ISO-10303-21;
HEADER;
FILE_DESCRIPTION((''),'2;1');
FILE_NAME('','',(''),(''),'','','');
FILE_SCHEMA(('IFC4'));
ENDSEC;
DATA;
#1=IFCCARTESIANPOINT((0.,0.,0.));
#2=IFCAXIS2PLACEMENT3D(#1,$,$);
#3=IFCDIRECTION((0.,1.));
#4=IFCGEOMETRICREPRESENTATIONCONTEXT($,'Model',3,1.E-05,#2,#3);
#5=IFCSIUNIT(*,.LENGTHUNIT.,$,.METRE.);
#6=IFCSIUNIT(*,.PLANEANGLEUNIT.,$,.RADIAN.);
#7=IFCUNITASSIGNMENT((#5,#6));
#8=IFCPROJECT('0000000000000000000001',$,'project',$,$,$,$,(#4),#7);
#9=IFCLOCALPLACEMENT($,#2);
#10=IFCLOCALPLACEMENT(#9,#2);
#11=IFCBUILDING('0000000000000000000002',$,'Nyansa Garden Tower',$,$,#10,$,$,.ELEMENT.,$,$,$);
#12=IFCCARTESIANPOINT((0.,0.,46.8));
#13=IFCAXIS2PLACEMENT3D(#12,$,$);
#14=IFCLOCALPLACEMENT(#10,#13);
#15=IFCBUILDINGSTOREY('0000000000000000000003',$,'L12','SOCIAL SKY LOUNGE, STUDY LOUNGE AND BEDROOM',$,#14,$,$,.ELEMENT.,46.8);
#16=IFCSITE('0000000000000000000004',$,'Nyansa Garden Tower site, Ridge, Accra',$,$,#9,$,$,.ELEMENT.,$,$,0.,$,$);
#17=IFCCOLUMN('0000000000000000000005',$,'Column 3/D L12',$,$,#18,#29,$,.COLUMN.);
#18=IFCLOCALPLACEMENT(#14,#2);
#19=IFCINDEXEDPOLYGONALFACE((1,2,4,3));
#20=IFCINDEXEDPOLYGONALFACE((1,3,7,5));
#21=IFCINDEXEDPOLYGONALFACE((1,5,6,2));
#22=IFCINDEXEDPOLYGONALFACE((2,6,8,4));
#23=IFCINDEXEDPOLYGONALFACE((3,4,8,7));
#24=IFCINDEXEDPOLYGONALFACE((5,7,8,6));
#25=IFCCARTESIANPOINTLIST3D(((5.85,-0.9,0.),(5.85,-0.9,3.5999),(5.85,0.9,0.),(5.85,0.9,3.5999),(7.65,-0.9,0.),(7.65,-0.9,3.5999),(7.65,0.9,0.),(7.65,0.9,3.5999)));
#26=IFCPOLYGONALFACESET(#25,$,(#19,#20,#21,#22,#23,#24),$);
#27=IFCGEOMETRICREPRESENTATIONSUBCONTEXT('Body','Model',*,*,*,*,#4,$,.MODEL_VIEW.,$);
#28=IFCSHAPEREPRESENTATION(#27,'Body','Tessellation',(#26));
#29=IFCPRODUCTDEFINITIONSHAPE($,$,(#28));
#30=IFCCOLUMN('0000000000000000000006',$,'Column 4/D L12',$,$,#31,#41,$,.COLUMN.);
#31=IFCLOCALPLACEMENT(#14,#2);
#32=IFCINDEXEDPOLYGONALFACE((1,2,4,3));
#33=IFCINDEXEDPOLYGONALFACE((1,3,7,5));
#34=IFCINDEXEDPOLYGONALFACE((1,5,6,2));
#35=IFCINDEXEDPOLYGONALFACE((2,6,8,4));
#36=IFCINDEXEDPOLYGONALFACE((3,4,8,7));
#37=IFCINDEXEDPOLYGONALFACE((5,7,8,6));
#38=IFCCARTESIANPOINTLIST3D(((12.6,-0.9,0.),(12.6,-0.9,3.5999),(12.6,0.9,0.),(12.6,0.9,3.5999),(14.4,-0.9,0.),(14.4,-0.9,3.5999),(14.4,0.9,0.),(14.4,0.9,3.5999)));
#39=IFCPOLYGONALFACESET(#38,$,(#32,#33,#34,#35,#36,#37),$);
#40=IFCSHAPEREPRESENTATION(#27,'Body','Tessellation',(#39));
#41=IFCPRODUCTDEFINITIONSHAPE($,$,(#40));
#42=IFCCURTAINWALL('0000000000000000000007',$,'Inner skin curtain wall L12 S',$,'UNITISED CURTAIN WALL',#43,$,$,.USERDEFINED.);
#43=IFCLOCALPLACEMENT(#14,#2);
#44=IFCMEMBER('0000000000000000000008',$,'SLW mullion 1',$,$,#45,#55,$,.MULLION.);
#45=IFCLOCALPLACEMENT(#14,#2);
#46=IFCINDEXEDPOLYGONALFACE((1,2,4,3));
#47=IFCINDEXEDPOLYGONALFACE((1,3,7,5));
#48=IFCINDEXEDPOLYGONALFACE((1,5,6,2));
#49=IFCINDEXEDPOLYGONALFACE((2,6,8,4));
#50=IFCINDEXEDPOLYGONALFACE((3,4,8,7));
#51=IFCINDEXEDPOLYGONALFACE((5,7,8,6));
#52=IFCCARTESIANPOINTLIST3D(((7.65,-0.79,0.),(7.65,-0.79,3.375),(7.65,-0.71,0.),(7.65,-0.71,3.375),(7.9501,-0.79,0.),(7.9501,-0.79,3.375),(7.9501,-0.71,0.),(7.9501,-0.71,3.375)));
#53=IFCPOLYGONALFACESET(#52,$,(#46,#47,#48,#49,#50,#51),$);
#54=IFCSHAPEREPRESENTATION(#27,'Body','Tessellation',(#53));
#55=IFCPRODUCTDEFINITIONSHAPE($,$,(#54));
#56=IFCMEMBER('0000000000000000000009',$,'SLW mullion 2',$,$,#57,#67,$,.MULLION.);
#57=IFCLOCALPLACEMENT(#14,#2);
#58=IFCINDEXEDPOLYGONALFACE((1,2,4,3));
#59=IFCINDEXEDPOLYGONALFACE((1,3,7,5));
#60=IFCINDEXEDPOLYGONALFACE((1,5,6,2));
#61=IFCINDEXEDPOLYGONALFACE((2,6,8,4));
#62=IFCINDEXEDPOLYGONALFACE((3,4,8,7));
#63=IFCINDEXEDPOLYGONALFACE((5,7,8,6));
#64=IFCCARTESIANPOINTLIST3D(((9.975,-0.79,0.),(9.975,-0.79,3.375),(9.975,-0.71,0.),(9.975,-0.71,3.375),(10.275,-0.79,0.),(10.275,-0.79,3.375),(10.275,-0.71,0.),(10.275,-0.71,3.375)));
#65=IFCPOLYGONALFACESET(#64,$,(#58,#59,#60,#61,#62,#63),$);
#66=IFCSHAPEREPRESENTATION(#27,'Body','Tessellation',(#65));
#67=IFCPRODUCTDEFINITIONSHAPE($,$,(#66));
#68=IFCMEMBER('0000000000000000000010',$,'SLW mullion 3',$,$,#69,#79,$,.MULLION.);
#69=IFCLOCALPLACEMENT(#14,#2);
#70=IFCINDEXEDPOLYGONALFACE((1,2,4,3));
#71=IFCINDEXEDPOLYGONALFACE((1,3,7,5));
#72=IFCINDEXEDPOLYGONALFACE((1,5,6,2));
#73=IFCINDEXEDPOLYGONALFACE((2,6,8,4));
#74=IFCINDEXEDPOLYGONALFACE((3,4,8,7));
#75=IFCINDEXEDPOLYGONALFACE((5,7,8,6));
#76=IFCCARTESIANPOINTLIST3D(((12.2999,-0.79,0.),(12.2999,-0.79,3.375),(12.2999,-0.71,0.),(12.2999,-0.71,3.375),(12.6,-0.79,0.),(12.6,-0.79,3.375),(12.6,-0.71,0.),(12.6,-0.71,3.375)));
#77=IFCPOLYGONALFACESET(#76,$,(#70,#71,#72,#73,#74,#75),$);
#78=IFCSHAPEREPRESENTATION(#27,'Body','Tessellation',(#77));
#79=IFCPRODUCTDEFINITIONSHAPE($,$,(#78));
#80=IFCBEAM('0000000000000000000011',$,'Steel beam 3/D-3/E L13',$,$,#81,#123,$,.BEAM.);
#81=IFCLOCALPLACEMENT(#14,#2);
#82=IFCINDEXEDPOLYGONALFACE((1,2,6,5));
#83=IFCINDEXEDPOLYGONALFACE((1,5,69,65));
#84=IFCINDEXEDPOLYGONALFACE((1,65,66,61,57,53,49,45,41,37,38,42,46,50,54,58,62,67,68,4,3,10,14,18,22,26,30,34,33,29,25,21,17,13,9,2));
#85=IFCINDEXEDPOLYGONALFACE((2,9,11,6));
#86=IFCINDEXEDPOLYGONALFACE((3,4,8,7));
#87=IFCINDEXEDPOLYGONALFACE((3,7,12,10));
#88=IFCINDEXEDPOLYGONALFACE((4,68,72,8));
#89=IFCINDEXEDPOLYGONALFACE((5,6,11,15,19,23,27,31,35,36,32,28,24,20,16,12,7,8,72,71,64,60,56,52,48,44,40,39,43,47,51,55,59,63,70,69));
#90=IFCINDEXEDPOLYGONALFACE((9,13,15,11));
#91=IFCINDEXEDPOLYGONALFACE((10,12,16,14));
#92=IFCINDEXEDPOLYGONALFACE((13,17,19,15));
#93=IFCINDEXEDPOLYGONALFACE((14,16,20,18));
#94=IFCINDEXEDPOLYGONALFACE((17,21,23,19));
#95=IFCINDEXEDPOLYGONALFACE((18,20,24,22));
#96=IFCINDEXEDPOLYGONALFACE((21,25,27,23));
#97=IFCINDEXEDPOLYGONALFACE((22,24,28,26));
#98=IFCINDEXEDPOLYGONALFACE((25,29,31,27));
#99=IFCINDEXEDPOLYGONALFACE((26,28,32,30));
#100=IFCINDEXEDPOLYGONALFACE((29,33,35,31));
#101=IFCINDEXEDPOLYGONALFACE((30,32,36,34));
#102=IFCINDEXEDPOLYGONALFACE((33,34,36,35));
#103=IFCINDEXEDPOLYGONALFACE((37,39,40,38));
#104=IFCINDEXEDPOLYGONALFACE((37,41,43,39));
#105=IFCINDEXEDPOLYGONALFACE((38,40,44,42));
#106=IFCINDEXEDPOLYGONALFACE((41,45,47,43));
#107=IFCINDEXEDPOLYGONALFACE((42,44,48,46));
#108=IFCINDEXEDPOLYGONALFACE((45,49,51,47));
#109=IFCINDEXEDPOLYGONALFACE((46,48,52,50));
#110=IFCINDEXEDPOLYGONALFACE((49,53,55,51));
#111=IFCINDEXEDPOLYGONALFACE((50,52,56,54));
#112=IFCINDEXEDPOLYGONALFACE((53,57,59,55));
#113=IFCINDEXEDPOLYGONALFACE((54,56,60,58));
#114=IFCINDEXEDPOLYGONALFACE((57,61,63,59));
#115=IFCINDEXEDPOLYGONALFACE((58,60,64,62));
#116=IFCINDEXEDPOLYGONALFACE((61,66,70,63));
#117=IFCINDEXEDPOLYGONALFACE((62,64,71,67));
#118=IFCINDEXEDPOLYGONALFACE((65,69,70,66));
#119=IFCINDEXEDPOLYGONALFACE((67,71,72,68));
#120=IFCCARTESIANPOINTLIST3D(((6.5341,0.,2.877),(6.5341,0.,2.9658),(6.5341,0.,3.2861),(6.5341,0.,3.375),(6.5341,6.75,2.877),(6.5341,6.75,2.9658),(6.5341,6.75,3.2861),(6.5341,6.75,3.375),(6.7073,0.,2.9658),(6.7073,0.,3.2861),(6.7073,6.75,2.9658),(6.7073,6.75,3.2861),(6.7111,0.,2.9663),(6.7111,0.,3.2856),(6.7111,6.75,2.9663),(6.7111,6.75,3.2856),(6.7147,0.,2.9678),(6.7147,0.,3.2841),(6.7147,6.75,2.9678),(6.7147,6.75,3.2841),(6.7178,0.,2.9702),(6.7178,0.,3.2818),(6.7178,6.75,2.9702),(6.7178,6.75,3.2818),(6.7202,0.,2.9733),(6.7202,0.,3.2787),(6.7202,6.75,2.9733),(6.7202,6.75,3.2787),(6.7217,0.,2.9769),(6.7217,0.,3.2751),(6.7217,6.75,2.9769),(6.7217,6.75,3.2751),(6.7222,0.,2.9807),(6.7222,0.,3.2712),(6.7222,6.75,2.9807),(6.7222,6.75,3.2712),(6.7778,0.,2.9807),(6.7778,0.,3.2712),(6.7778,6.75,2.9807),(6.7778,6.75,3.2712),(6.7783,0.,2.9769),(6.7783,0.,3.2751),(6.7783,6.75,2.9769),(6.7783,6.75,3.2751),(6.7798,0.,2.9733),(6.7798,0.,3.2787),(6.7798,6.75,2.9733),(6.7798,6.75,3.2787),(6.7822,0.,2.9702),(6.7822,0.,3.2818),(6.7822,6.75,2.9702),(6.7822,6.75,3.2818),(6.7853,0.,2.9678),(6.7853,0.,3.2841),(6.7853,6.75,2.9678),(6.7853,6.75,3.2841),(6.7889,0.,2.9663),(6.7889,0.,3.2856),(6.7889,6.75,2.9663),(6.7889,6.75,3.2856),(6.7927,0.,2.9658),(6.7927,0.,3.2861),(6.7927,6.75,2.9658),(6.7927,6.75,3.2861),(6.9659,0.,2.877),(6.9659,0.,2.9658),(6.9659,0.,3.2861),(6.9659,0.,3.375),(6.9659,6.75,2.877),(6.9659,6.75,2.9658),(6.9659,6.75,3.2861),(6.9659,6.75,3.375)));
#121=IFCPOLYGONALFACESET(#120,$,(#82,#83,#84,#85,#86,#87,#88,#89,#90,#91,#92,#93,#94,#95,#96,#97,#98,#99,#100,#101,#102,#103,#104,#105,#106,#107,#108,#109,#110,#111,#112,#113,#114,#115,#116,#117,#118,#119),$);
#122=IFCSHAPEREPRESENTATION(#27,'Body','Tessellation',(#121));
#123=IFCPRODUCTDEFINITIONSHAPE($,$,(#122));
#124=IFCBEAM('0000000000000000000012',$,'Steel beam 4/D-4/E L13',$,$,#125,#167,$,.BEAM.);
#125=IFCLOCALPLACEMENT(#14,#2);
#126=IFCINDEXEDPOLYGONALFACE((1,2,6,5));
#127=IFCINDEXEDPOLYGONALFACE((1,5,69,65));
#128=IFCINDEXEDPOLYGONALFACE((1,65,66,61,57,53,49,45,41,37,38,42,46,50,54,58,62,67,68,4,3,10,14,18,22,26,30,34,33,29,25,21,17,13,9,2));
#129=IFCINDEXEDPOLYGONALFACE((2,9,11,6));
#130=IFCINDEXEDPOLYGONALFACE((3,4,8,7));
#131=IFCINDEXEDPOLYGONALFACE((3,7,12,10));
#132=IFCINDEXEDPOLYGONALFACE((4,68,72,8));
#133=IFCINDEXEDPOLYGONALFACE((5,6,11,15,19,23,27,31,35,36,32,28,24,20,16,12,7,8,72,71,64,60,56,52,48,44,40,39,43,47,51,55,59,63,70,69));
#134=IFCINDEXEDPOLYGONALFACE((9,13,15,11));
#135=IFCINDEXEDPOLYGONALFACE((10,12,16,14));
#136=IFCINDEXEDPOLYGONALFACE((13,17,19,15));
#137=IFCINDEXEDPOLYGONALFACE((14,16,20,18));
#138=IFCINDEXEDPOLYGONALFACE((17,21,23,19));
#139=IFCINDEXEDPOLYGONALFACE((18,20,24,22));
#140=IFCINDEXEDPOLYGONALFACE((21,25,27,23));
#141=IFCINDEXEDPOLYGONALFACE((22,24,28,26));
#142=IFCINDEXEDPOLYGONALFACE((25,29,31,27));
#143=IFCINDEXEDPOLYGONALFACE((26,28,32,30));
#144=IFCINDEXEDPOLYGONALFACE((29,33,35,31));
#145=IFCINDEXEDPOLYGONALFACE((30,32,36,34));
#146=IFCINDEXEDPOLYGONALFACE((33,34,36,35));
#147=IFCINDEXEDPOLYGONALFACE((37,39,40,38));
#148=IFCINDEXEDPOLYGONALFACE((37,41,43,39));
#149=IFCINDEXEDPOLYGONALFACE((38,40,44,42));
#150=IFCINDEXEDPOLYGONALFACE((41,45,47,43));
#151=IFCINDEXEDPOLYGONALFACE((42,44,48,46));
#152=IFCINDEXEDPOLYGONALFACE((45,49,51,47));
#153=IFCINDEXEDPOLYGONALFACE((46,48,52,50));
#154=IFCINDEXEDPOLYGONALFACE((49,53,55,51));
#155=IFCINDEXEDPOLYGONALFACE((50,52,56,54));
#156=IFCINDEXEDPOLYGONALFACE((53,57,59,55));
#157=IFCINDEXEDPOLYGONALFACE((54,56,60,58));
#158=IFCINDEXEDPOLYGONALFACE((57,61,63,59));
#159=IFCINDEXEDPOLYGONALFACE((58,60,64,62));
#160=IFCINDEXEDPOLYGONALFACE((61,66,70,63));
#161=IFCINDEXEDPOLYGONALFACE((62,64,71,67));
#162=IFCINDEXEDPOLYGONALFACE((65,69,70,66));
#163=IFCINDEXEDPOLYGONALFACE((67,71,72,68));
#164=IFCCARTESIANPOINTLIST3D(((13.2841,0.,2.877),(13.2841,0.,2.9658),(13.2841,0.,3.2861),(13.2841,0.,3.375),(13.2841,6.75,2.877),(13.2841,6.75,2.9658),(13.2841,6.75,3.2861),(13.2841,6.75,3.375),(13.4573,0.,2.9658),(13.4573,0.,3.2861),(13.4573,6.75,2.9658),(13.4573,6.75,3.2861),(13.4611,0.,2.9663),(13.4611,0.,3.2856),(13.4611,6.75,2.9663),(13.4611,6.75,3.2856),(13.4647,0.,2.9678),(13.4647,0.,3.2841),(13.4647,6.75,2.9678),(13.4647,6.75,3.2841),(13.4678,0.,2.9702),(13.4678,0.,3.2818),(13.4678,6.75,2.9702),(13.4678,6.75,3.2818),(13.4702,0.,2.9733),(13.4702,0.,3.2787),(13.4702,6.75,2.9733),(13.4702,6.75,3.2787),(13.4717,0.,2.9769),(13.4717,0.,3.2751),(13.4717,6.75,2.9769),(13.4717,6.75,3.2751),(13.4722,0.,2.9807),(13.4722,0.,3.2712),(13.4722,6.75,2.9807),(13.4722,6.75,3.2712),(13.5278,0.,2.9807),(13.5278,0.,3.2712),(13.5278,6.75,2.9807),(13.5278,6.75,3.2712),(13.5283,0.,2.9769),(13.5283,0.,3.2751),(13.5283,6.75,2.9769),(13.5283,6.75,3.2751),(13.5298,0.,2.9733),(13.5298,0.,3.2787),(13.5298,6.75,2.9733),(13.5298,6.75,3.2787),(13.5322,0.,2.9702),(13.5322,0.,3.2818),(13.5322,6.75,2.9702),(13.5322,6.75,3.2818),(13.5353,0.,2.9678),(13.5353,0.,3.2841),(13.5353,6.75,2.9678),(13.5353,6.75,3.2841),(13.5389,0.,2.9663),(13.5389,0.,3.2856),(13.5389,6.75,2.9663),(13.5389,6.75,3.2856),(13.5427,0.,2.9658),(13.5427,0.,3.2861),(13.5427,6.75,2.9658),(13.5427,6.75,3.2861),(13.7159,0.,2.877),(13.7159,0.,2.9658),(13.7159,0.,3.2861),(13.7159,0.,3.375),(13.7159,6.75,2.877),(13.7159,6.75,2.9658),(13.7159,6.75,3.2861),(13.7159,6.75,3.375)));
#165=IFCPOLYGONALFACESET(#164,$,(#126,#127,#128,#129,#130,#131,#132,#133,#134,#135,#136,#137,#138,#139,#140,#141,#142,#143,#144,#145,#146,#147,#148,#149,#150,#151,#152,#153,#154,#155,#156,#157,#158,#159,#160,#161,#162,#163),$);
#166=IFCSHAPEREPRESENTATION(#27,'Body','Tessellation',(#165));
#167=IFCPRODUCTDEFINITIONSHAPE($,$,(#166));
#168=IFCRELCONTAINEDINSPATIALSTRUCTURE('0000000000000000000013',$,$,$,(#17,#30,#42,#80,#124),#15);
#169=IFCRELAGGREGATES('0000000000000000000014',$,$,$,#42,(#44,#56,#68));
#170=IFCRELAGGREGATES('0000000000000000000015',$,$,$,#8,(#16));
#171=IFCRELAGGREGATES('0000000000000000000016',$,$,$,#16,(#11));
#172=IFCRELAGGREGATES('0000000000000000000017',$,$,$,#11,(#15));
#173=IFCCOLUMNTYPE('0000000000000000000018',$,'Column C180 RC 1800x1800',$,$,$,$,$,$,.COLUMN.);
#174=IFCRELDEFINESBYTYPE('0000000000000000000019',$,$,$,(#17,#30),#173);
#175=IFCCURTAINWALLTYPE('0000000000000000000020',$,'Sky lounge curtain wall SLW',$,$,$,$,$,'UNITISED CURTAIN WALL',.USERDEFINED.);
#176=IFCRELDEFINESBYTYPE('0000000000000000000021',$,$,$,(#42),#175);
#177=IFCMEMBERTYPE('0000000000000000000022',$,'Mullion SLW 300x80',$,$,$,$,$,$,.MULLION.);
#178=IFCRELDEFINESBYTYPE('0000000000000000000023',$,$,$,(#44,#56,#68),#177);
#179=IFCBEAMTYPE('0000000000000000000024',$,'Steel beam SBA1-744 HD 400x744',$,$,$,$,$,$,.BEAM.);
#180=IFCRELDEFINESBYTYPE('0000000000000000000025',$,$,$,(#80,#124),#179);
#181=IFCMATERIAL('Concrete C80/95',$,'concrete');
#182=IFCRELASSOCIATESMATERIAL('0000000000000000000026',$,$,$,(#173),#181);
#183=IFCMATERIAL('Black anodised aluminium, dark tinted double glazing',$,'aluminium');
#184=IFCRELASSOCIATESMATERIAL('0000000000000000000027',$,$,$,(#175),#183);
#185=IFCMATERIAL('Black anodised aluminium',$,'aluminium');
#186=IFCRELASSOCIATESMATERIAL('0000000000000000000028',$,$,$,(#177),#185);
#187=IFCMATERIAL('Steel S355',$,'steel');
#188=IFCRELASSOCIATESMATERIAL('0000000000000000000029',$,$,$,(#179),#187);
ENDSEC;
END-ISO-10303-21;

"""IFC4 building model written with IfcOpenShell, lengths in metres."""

from ifc_helpers import new_model, si_unit, direction, frame, origin, origin_2d, place, context, subcontext, project, spatial, rectangle, i_section, extrude, material, material_profile, profile_set, type_object, element, aggregate, save


model = new_model("IFC4")

# Units and contexts
model_context = context("Model", 3, precision=1e-05, world=origin(), true_north=direction((0.0, 1.0)))
body_context = subcontext(model_context, "Body", "Model", "MODEL_VIEW")
ifc_project = project(units=[si_unit("LENGTHUNIT", "METRE"), si_unit("PLANEANGLEUNIT", "RADIAN")], contexts=[model_context])

# Site, building, storey
site_placement = place(None, origin())
site = spatial("IfcSite", under=ifc_project, at=site_placement, Name="Nyansa Garden Tower site, Ridge, Accra", CompositionType="ELEMENT", RefElevation=0.0)
building_placement = place(site_placement, origin())
building = spatial("IfcBuilding", under=site, at=building_placement, Name="Nyansa Garden Tower", CompositionType="ELEMENT")
storey_placement = place(building_placement, frame((0.0, 0.0, 46.8)))
storey = spatial("IfcBuildingStorey", under=building, at=storey_placement, Name="L12", Description="SOCIAL SKY LOUNGE, STUDY LOUNGE AND BEDROOM", CompositionType="ELEMENT", Elevation=46.8)

# Columns
ifc_material_1 = material(Name="Concrete C80/95", Category="concrete")
ifc_material_profile_1 = material_profile(ifc_material_1, rectangle(XDim=1.8, YDim=1.8, at=origin_2d()), Name="RC 1800x1800")
ifc_profile_set_1 = profile_set([ifc_material_profile_1], Name="Concrete C80/95")
column_type = type_object("IfcColumnType", Name="Column C180 RC 1800x1800", PredefinedType="COLUMN", material=ifc_profile_set_1)
for number, where, z_axis, x_axis, name in (
    (1, (6.75, 0.0, 0.0), (0.0, 0.0, 1.0), (1.0, 0.0, 0.0), "Column 3/D L12"),
    (2, (13.5, 0.0, 0.0), (0.0, 0.0, 1.0), (1.0, 0.0, 0.0), "Column 4/D L12"),
):
    element("IfcColumn", number, at=place(storey_placement, frame(where, z_axis=z_axis, x_axis=x_axis)), inside=storey, type_object=column_type, Name=name, PredefinedType="COLUMN", context=body_context, shape_type="SweptSolid", body=[
        extrude(rectangle(XDim=1.8, YDim=1.8, at=origin_2d()), origin(), (0.0, 0.0, 1.0), 3.5999),
    ])

# Curtain wall, members
ifc_material_2 = material(Name="Black anodised aluminium, dark tinted double glazing", Category="aluminium")
curtain_wall_type = type_object("IfcCurtainWallType", Name="Sky lounge curtain wall SLW", ElementType="UNITISED CURTAIN WALL", PredefinedType="USERDEFINED", material=ifc_material_2)
curtain_wall_placement = place(storey_placement, origin())
curtain_wall = element("IfcCurtainWall", 3, at=curtain_wall_placement, inside=storey, type_object=curtain_wall_type, Name="Inner skin curtain wall L12 S", ObjectType="UNITISED CURTAIN WALL", PredefinedType="USERDEFINED")
ifc_material_3 = material(Name="Black anodised aluminium", Category="aluminium")
ifc_material_profile_2 = material_profile(ifc_material_3, rectangle(XDim=0.0801, YDim=0.3, at=origin_2d()), Name="Mullion 300x80")
ifc_profile_set_2 = profile_set([ifc_material_profile_2], Name="Black anodised aluminium")
member_type_1 = type_object("IfcMemberType", Name="Mullion SLW 300x80", PredefinedType="MULLION", material=ifc_profile_set_2)
member_1_placement = place(storey_placement, frame((7.8, -0.75, 0.0), z_axis=(0.0, 0.0, 1.0), x_axis=(0.0, 1.0, 0.0)))
member_1 = element("IfcMember", 4, at=member_1_placement, type_object=member_type_1, Name="SLW mullion 1", PredefinedType="MULLION", context=body_context, shape_type="SweptSolid", body=[
    extrude(rectangle(XDim=0.0801, YDim=0.3, at=origin_2d()), origin(), (0.0, 0.0, 1.0), 3.375),
])
member_2_placement = place(storey_placement, frame((10.125, -0.75, 0.0), z_axis=(0.0, 0.0, 1.0), x_axis=(0.0, 1.0, 0.0)))
member_2 = element("IfcMember", 5, at=member_2_placement, type_object=member_type_1, Name="SLW mullion 2", PredefinedType="MULLION", context=body_context, shape_type="SweptSolid", body=[
    extrude(rectangle(XDim=0.0801, YDim=0.3, at=origin_2d()), origin(), (0.0, 0.0, 1.0), 3.375),
])
member_3_placement = place(storey_placement, frame((12.45, -0.75, 0.0), z_axis=(0.0, 0.0, 1.0), x_axis=(0.0, 1.0, 0.0)))
member_3 = element("IfcMember", 6, at=member_3_placement, type_object=member_type_1, Name="SLW mullion 3", PredefinedType="MULLION", context=body_context, shape_type="SweptSolid", body=[
    extrude(rectangle(XDim=0.0801, YDim=0.3, at=origin_2d()), origin(), (0.0, 0.0, 1.0), 3.375),
])

# Beams
ifc_material_4 = material(Name="Steel S355", Category="steel")
ifc_material_profile_3 = material_profile(ifc_material_4, i_section(OverallWidth=0.4319, OverallDepth=0.498, WebThickness=0.0557, FlangeThickness=0.0889, FilletRadius=0.0149, at=origin_2d()), Name="HD 400x744")
ifc_profile_set_3 = profile_set([ifc_material_profile_3], Name="Steel S355")
beam_type_1 = type_object("IfcBeamType", Name="Steel beam SBA1-744 HD 400x744", PredefinedType="BEAM", material=ifc_profile_set_3)
for number, where, z_axis, x_axis, name in (
    (7, (6.75, 0.0, 3.126), (0.0, 1.0, 0.0), (-1.0, 0.0, 0.0), "Steel beam 3/D-3/E L13"),
    (8, (13.5, 0.0, 3.126), (0.0, 1.0, 0.0), (-1.0, 0.0, 0.0), "Steel beam 4/D-4/E L13"),
):
    element("IfcBeam", number, at=place(storey_placement, frame(where, z_axis=z_axis, x_axis=x_axis)), inside=storey, type_object=beam_type_1, Name=name, PredefinedType="BEAM", context=body_context, shape_type="SweptSolid", body=[
        extrude(i_section(OverallWidth=0.4319, OverallDepth=0.498, WebThickness=0.0557, FlangeThickness=0.0889, FilletRadius=0.0149, at=origin_2d()), origin(), (0.0, 0.0, 1.0), 6.75),
    ])

aggregate(curtain_wall, [member_1, member_2, member_3])

save(model, "model.ifc")
